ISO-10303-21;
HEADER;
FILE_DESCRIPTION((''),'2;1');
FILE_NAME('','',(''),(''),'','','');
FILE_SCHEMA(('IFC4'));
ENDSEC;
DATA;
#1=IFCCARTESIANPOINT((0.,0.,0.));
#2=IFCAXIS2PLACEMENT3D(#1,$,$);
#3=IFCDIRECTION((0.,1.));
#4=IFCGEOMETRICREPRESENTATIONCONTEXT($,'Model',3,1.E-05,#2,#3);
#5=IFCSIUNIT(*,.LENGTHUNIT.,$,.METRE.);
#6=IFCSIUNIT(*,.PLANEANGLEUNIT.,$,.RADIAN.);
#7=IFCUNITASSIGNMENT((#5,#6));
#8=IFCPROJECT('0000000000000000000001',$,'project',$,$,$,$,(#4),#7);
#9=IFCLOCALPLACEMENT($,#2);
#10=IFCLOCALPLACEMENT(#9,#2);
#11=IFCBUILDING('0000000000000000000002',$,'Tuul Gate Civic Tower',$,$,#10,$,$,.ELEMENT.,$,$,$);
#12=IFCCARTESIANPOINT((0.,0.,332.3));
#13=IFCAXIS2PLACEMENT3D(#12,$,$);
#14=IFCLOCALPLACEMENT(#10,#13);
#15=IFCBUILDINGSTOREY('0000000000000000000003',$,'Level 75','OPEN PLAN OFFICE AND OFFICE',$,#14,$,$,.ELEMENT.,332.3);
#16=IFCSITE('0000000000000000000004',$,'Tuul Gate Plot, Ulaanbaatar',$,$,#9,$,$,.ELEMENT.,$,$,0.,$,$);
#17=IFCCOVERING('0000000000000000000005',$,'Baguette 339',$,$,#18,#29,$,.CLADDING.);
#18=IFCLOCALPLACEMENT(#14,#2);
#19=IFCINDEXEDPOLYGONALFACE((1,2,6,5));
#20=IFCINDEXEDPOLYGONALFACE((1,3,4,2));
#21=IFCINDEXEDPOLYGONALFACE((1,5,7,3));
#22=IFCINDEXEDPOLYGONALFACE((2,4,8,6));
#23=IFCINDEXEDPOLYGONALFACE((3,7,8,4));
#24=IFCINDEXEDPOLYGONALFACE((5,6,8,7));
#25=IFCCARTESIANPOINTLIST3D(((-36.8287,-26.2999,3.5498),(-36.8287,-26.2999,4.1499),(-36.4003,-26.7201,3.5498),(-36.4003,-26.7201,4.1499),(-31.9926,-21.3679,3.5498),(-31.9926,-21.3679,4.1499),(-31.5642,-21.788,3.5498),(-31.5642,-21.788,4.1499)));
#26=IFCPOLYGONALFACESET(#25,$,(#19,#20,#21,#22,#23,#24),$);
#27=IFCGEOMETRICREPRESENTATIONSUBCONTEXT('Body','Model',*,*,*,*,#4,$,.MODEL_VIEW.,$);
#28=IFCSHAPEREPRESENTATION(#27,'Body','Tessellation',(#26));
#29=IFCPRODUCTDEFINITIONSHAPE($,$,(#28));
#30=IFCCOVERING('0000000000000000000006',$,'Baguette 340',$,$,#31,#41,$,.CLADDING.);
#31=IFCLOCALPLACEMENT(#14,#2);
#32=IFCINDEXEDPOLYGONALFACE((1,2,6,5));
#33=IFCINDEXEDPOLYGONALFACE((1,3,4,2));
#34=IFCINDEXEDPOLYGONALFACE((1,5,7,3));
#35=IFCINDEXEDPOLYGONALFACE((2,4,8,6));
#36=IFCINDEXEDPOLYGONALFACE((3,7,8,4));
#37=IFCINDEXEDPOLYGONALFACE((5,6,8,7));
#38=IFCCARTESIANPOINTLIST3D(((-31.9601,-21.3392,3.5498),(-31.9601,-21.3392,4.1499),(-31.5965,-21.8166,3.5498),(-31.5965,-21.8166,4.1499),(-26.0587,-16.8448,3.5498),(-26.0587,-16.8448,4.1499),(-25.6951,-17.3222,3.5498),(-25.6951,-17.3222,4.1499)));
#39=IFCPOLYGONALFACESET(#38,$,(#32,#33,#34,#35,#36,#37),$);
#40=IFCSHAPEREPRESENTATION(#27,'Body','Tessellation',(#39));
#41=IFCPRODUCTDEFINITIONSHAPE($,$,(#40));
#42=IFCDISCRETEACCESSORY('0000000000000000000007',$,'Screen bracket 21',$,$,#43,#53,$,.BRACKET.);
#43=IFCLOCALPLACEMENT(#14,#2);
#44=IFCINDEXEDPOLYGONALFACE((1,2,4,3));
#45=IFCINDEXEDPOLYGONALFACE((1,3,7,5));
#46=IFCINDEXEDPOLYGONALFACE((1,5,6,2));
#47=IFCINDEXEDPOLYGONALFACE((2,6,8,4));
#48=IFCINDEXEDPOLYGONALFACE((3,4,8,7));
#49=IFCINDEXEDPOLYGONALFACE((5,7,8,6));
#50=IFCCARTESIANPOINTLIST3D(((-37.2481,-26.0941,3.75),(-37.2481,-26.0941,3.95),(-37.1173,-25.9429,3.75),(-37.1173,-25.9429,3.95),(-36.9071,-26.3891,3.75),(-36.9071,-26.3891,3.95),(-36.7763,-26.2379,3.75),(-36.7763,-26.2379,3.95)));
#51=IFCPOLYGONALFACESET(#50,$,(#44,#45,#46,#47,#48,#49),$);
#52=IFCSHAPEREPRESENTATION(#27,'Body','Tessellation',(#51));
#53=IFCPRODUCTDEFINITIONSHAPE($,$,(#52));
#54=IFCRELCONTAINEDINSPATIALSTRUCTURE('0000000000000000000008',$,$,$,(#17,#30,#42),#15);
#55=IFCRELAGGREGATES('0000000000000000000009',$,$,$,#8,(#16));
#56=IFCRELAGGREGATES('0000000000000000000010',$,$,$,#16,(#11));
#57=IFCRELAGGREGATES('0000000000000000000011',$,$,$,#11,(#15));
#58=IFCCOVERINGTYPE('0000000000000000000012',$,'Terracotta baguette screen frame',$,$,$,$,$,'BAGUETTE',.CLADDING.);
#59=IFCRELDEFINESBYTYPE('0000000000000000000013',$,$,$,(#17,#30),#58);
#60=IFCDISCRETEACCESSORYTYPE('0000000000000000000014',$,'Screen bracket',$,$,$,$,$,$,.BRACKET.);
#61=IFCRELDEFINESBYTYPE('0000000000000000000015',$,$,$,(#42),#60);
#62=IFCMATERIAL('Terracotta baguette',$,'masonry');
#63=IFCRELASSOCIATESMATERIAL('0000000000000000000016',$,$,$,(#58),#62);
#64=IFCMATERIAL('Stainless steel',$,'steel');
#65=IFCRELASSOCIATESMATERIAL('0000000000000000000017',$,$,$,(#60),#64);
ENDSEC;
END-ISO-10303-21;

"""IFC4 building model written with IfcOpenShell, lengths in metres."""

from ifc_helpers import new_model, si_unit, direction, frame, origin, origin_2d, place, context, subcontext, project, spatial, rectangle, extrude, material, material_profile, profile_set, type_object, element, save


model = new_model("IFC4")

# Units and contexts
model_context = context("Model", 3, precision=1e-05, world=origin(), true_north=direction((0.0, 1.0)))
body_context = subcontext(model_context, "Body", "Model", "MODEL_VIEW")
ifc_project = project(units=[si_unit("LENGTHUNIT", "METRE"), si_unit("PLANEANGLEUNIT", "RADIAN")], contexts=[model_context])

# Site, building, storey
site_placement = place(None, origin())
site = spatial("IfcSite", under=ifc_project, at=site_placement, Name="Tuul Gate Plot, Ulaanbaatar", CompositionType="ELEMENT", RefElevation=0.0)
building_placement = place(site_placement, origin())
building = spatial("IfcBuilding", under=site, at=building_placement, Name="Tuul Gate Civic Tower", CompositionType="ELEMENT")
storey_placement = place(building_placement, frame((0.0, 0.0, 332.3)))
storey = spatial("IfcBuildingStorey", under=building, at=storey_placement, Name="Level 75", Description="OPEN PLAN OFFICE AND OFFICE", CompositionType="ELEMENT", Elevation=332.3)

# Coverings
ifc_material_1 = material(Name="Terracotta baguette", Category="masonry")
ifc_material_profile_1 = material_profile(ifc_material_1, rectangle(XDim=0.6001, YDim=0.6001, at=origin_2d()), Name="Terracotta baguette screen frame")
ifc_profile_set_1 = profile_set([ifc_material_profile_1], Name="Terracotta baguette")
covering_type = type_object("IfcCoveringType", Name="Terracotta baguette screen frame", ElementType="BAGUETTE", PredefinedType="CLADDING", material=ifc_profile_set_1)
covering_1_placement = place(storey_placement, frame((-36.6145, -26.51, 3.8499), z_axis=(0.700128, 0.714018, 0.0), x_axis=(-0.714018, 0.700128, 0.0)))
element("IfcCovering", 1, at=covering_1_placement, inside=storey, type_object=covering_type, Name="Baguette 339", PredefinedType="CLADDING", context=body_context, shape_type="SweptSolid", body=[
    extrude(rectangle(XDim=0.6001, YDim=0.6001, at=origin_2d()), origin(), (0.0, 0.0, 1.0), 6.9075),
])
covering_2_placement = place(storey_placement, frame((-31.7783, -21.5779, 3.8499), z_axis=(0.795555, 0.605882, 0.0), x_axis=(-0.605882, 0.795555, 0.0)))
element("IfcCovering", 2, at=covering_2_placement, inside=storey, type_object=covering_type, Name="Baguette 340", PredefinedType="CLADDING", context=body_context, shape_type="SweptSolid", body=[
    extrude(rectangle(XDim=0.6001, YDim=0.6001, at=origin_2d()), origin(), (0.0, 0.0, 1.0), 7.418),
])

# Discrete accessory
ifc_material_2 = material(Name="Stainless steel", Category="steel")
discrete_accessory_type = type_object("IfcDiscreteAccessoryType", Name="Screen bracket", PredefinedType="BRACKET", material=ifc_material_2)
discrete_accessory_placement = place(storey_placement, frame((-37.0122, -26.166, 3.75), z_axis=(0.0, 0.0, 1.0), x_axis=(0.756372, -0.654142, 0.0)))
element("IfcDiscreteAccessory", 3, at=discrete_accessory_placement, inside=storey, type_object=discrete_accessory_type, Name="Screen bracket 21", PredefinedType="BRACKET", context=body_context, shape_type="SweptSolid", body=[
    extrude(rectangle(XDim=0.4509, YDim=0.2, at=origin_2d()), origin(), (0.0, 0.0, 1.0), 0.2),
])

save(model, "model.ifc")
